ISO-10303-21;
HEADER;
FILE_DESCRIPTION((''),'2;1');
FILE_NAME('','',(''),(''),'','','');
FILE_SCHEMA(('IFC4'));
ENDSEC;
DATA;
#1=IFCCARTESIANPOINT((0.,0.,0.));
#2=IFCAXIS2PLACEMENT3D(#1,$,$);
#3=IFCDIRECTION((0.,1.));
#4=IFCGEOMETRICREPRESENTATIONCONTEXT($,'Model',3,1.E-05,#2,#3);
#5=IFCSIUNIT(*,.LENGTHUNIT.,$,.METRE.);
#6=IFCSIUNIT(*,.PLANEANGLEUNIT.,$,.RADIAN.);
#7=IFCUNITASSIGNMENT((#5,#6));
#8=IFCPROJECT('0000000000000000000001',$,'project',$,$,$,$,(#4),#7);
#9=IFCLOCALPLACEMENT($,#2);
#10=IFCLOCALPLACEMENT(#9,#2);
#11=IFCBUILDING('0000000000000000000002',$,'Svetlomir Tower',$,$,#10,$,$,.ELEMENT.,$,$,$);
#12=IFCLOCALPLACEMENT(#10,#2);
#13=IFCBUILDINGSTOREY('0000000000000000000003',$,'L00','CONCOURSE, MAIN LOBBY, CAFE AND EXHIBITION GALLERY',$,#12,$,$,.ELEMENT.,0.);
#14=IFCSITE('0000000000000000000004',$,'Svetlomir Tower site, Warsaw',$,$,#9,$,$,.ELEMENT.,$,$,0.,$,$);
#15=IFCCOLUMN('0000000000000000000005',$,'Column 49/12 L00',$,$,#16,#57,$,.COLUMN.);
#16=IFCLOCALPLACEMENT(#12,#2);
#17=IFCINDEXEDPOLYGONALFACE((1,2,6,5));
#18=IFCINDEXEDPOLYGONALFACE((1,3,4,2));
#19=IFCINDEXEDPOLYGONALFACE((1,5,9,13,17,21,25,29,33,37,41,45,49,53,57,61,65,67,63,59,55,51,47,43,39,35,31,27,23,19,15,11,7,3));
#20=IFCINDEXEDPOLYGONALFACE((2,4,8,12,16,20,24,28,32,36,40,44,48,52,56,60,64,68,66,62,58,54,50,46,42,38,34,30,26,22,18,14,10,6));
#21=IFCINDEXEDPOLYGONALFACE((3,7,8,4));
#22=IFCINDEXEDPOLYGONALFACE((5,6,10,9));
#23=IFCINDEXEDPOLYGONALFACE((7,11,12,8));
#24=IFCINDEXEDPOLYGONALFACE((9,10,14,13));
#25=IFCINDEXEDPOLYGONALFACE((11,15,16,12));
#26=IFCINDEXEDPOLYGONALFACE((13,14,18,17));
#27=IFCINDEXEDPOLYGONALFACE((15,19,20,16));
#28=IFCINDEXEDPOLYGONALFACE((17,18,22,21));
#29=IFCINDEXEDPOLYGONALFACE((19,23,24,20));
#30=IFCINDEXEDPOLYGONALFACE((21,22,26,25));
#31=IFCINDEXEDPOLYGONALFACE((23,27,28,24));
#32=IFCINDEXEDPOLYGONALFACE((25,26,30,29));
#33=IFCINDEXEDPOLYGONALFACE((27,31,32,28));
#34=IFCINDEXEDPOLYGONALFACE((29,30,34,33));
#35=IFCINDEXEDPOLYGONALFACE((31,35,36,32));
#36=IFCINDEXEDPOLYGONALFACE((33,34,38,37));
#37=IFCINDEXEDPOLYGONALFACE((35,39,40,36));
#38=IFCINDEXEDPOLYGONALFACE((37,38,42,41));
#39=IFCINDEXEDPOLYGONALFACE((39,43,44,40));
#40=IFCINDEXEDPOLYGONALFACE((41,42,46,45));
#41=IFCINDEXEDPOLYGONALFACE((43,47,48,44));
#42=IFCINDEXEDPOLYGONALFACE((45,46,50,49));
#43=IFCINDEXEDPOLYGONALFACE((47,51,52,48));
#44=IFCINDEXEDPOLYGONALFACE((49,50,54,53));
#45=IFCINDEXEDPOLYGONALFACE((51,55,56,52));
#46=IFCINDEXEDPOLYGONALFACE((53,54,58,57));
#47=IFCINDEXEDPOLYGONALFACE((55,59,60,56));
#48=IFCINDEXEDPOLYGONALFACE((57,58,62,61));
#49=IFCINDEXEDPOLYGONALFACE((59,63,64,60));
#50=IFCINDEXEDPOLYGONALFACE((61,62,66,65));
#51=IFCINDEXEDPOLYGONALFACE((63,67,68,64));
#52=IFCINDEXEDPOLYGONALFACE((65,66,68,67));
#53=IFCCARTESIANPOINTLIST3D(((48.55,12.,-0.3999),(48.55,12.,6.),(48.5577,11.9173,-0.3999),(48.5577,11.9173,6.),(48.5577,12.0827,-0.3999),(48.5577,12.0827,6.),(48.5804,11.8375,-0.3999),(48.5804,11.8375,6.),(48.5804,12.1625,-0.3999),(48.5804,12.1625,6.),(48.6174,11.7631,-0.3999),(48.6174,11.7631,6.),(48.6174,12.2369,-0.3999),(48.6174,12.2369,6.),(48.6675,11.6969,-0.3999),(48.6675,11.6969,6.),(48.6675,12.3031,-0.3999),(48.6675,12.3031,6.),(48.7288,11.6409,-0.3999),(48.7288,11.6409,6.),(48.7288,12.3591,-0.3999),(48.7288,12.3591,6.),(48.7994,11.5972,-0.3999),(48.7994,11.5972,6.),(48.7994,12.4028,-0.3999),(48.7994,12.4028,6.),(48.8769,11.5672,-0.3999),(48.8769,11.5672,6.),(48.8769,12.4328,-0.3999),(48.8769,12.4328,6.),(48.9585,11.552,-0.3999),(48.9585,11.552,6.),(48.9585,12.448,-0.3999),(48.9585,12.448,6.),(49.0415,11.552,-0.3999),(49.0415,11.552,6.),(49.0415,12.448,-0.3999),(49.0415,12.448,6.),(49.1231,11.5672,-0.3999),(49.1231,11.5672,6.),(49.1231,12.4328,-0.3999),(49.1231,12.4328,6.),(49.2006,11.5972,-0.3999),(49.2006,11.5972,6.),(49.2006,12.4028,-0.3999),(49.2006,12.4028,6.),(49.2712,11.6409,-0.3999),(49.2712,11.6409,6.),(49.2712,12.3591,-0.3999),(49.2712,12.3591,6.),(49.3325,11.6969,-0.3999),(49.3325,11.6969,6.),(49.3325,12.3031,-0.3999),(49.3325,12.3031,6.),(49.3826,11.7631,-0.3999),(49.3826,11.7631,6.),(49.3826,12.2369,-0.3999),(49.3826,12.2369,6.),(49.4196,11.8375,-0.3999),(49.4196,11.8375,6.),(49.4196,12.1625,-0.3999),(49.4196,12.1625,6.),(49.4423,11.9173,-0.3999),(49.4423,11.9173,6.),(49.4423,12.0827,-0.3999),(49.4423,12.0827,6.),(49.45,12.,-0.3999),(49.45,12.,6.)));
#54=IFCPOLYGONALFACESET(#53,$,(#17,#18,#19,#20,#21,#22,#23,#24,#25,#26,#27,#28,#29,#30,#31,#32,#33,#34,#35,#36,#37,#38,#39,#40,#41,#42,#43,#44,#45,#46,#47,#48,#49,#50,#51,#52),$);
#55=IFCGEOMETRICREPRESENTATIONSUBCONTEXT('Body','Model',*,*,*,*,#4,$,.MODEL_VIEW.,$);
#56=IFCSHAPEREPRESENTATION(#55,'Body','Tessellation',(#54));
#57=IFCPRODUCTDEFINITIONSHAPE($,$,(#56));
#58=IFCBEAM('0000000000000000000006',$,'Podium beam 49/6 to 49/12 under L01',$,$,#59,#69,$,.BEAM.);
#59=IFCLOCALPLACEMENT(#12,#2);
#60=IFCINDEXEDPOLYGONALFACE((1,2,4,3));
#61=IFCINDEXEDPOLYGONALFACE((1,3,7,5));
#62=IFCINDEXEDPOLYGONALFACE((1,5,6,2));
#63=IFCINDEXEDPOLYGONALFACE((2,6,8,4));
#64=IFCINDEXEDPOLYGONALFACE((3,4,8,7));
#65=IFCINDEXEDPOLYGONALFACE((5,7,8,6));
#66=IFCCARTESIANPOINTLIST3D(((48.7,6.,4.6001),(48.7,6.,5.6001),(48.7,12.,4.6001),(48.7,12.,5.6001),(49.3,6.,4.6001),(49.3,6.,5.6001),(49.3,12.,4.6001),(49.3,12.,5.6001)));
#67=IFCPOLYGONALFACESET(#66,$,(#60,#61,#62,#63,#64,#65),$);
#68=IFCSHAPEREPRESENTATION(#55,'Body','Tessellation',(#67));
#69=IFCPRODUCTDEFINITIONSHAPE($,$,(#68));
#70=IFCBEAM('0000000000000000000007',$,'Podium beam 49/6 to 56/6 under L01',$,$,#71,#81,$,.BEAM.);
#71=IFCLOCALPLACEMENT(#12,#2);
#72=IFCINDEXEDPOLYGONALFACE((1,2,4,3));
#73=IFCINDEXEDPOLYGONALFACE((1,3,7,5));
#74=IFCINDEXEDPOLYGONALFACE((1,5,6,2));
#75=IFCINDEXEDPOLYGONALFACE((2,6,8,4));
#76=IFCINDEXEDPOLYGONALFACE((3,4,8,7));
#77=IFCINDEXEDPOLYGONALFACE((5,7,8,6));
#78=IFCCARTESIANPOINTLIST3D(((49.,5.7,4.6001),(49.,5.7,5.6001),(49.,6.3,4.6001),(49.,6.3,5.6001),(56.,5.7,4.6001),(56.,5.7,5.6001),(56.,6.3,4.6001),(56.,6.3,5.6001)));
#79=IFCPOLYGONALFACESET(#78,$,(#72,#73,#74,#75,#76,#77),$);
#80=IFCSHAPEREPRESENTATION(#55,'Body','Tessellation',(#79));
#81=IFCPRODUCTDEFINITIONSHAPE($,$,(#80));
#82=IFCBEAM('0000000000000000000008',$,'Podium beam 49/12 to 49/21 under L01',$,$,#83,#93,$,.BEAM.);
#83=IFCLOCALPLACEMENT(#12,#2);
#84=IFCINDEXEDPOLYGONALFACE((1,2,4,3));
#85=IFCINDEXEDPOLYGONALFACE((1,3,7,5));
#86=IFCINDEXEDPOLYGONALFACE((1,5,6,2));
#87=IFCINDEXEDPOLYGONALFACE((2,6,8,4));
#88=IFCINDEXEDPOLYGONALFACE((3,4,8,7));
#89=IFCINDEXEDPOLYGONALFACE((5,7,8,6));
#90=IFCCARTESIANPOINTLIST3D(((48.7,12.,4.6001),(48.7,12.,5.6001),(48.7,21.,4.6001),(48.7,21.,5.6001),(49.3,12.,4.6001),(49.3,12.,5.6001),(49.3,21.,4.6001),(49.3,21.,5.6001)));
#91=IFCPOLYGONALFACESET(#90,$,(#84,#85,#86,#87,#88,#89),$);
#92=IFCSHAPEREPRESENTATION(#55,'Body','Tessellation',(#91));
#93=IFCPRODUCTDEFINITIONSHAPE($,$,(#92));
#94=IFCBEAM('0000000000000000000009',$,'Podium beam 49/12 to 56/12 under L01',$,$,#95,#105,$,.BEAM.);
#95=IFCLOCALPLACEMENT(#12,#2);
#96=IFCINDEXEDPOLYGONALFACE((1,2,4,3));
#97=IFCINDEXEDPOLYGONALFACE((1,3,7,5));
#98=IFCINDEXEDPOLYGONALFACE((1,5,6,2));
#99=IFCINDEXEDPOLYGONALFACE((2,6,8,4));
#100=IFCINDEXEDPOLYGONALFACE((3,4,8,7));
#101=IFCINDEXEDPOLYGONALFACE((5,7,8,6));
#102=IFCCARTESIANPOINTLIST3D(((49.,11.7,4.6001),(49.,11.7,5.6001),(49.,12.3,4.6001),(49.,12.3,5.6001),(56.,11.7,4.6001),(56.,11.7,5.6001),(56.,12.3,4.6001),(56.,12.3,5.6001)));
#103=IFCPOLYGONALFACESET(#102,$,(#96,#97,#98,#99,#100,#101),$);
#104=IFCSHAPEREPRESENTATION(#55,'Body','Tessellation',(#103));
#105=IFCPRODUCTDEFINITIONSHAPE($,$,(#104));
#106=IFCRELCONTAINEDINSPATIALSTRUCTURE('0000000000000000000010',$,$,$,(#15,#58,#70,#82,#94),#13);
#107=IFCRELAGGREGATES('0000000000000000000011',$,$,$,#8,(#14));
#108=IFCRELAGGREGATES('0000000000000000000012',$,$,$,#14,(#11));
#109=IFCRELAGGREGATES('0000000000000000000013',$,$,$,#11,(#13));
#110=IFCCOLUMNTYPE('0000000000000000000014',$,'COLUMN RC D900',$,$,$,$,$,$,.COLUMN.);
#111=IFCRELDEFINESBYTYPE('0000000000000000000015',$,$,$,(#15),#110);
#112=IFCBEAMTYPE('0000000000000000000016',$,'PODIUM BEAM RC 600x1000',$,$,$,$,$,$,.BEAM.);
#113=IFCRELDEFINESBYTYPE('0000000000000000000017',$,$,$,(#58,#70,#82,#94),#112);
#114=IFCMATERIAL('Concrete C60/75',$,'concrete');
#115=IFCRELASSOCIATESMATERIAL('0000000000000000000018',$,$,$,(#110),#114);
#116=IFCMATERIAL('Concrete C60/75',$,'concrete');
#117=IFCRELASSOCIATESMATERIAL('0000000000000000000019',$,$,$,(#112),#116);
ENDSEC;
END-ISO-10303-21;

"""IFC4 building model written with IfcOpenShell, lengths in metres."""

from ifc_helpers import new_model, si_unit, direction, frame, origin, origin_2d, place, context, subcontext, project, spatial, rectangle, circle, extrude, material, material_profile, profile_set, type_object, element, save


model = new_model("IFC4")

# Units and contexts
model_context = context("Model", 3, precision=1e-05, world=origin(), true_north=direction((0.0, 1.0)))
body_context = subcontext(model_context, "Body", "Model", "MODEL_VIEW")
ifc_project = project(units=[si_unit("LENGTHUNIT", "METRE"), si_unit("PLANEANGLEUNIT", "RADIAN")], contexts=[model_context])

# Site, building, storey
site_placement = place(None, origin())
site = spatial("IfcSite", under=ifc_project, at=site_placement, Name="Svetlomir Tower site, Warsaw", CompositionType="ELEMENT", RefElevation=0.0)
building_placement = place(site_placement, origin())
building = spatial("IfcBuilding", under=site, at=building_placement, Name="Svetlomir Tower", CompositionType="ELEMENT")
storey_placement = place(building_placement, origin())
storey = spatial("IfcBuildingStorey", under=building, at=storey_placement, Name="L00", Description="CONCOURSE, MAIN LOBBY, CAFE AND EXHIBITION GALLERY", CompositionType="ELEMENT", Elevation=0.0)

# Column
ifc_material_1 = material(Name="Concrete C60/75", Category="concrete")
ifc_material_profile_1 = material_profile(ifc_material_1, circle(Radius=0.45, at=origin_2d()), Name="RC D900")
ifc_profile_set_1 = profile_set([ifc_material_profile_1], Name="Concrete C60/75")
column_type = type_object("IfcColumnType", Name="COLUMN RC D900", PredefinedType="COLUMN", material=ifc_profile_set_1)
for number, where, z_axis, x_axis, name in (
    (1, (49.0, 12.0, -0.3999), (0.0, 0.0, 1.0), (1.0, 0.0, 0.0), "Column 49/12 L00"),
):
    element("IfcColumn", number, at=place(storey_placement, frame(where, z_axis=z_axis, x_axis=x_axis)), inside=storey, type_object=column_type, Name=name, PredefinedType="COLUMN", context=body_context, shape_type="SweptSolid", body=[
        extrude(circle(Radius=0.45, at=origin_2d()), origin(), (0.0, 0.0, 1.0), 6.3999),
    ])

# Beams
ifc_material_2 = material(Name="Concrete C60/75", Category="concrete")
ifc_material_profile_2 = material_profile(ifc_material_2, rectangle(XDim=0.6001, YDim=1.0, at=origin_2d()), Name="RC 600x1000")
ifc_profile_set_2 = profile_set([ifc_material_profile_2], Name="Concrete C60/75")
beam_type = type_object("IfcBeamType", Name="PODIUM BEAM RC 600x1000", PredefinedType="BEAM", material=ifc_profile_set_2)
beam_1_placement = place(storey_placement, frame((49.0, 6.0, 5.1001), z_axis=(0.0, 1.0, 0.0), x_axis=(-1.0, 0.0, 0.0)))
element("IfcBeam", 2, at=beam_1_placement, inside=storey, type_object=beam_type, Name="Podium beam 49/6 to 49/12 under L01", PredefinedType="BEAM", context=body_context, shape_type="SweptSolid", body=[
    extrude(rectangle(XDim=0.6001, YDim=1.0, at=origin_2d()), origin(), (0.0, 0.0, 1.0), 6.0),
])
beam_2_placement = place(storey_placement, frame((49.0, 6.0, 5.1001), z_axis=(1.0, 0.0, 0.0), x_axis=(0.0, 1.0, 0.0)))
element("IfcBeam", 3, at=beam_2_placement, inside=storey, type_object=beam_type, Name="Podium beam 49/6 to 56/6 under L01", PredefinedType="BEAM", context=body_context, shape_type="SweptSolid", body=[
    extrude(rectangle(XDim=0.6001, YDim=1.0, at=origin_2d()), origin(), (0.0, 0.0, 1.0), 7.0),
])
beam_3_placement = place(storey_placement, frame((49.0, 12.0, 5.1001), z_axis=(0.0, 1.0, 0.0), x_axis=(-1.0, 0.0, 0.0)))
element("IfcBeam", 4, at=beam_3_placement, inside=storey, type_object=beam_type, Name="Podium beam 49/12 to 49/21 under L01", PredefinedType="BEAM", context=body_context, shape_type="SweptSolid", body=[
    extrude(rectangle(XDim=0.6001, YDim=1.0, at=origin_2d()), origin(), (0.0, 0.0, 1.0), 9.0),
])
beam_4_placement = place(storey_placement, frame((49.0, 12.0, 5.1001), z_axis=(1.0, 0.0, 0.0), x_axis=(0.0, 1.0, 0.0)))
element("IfcBeam", 5, at=beam_4_placement, inside=storey, type_object=beam_type, Name="Podium beam 49/12 to 56/12 under L01", PredefinedType="BEAM", context=body_context, shape_type="SweptSolid", body=[
    extrude(rectangle(XDim=0.6001, YDim=1.0, at=origin_2d()), origin(), (0.0, 0.0, 1.0), 7.0),
])

save(model, "model.ifc")
